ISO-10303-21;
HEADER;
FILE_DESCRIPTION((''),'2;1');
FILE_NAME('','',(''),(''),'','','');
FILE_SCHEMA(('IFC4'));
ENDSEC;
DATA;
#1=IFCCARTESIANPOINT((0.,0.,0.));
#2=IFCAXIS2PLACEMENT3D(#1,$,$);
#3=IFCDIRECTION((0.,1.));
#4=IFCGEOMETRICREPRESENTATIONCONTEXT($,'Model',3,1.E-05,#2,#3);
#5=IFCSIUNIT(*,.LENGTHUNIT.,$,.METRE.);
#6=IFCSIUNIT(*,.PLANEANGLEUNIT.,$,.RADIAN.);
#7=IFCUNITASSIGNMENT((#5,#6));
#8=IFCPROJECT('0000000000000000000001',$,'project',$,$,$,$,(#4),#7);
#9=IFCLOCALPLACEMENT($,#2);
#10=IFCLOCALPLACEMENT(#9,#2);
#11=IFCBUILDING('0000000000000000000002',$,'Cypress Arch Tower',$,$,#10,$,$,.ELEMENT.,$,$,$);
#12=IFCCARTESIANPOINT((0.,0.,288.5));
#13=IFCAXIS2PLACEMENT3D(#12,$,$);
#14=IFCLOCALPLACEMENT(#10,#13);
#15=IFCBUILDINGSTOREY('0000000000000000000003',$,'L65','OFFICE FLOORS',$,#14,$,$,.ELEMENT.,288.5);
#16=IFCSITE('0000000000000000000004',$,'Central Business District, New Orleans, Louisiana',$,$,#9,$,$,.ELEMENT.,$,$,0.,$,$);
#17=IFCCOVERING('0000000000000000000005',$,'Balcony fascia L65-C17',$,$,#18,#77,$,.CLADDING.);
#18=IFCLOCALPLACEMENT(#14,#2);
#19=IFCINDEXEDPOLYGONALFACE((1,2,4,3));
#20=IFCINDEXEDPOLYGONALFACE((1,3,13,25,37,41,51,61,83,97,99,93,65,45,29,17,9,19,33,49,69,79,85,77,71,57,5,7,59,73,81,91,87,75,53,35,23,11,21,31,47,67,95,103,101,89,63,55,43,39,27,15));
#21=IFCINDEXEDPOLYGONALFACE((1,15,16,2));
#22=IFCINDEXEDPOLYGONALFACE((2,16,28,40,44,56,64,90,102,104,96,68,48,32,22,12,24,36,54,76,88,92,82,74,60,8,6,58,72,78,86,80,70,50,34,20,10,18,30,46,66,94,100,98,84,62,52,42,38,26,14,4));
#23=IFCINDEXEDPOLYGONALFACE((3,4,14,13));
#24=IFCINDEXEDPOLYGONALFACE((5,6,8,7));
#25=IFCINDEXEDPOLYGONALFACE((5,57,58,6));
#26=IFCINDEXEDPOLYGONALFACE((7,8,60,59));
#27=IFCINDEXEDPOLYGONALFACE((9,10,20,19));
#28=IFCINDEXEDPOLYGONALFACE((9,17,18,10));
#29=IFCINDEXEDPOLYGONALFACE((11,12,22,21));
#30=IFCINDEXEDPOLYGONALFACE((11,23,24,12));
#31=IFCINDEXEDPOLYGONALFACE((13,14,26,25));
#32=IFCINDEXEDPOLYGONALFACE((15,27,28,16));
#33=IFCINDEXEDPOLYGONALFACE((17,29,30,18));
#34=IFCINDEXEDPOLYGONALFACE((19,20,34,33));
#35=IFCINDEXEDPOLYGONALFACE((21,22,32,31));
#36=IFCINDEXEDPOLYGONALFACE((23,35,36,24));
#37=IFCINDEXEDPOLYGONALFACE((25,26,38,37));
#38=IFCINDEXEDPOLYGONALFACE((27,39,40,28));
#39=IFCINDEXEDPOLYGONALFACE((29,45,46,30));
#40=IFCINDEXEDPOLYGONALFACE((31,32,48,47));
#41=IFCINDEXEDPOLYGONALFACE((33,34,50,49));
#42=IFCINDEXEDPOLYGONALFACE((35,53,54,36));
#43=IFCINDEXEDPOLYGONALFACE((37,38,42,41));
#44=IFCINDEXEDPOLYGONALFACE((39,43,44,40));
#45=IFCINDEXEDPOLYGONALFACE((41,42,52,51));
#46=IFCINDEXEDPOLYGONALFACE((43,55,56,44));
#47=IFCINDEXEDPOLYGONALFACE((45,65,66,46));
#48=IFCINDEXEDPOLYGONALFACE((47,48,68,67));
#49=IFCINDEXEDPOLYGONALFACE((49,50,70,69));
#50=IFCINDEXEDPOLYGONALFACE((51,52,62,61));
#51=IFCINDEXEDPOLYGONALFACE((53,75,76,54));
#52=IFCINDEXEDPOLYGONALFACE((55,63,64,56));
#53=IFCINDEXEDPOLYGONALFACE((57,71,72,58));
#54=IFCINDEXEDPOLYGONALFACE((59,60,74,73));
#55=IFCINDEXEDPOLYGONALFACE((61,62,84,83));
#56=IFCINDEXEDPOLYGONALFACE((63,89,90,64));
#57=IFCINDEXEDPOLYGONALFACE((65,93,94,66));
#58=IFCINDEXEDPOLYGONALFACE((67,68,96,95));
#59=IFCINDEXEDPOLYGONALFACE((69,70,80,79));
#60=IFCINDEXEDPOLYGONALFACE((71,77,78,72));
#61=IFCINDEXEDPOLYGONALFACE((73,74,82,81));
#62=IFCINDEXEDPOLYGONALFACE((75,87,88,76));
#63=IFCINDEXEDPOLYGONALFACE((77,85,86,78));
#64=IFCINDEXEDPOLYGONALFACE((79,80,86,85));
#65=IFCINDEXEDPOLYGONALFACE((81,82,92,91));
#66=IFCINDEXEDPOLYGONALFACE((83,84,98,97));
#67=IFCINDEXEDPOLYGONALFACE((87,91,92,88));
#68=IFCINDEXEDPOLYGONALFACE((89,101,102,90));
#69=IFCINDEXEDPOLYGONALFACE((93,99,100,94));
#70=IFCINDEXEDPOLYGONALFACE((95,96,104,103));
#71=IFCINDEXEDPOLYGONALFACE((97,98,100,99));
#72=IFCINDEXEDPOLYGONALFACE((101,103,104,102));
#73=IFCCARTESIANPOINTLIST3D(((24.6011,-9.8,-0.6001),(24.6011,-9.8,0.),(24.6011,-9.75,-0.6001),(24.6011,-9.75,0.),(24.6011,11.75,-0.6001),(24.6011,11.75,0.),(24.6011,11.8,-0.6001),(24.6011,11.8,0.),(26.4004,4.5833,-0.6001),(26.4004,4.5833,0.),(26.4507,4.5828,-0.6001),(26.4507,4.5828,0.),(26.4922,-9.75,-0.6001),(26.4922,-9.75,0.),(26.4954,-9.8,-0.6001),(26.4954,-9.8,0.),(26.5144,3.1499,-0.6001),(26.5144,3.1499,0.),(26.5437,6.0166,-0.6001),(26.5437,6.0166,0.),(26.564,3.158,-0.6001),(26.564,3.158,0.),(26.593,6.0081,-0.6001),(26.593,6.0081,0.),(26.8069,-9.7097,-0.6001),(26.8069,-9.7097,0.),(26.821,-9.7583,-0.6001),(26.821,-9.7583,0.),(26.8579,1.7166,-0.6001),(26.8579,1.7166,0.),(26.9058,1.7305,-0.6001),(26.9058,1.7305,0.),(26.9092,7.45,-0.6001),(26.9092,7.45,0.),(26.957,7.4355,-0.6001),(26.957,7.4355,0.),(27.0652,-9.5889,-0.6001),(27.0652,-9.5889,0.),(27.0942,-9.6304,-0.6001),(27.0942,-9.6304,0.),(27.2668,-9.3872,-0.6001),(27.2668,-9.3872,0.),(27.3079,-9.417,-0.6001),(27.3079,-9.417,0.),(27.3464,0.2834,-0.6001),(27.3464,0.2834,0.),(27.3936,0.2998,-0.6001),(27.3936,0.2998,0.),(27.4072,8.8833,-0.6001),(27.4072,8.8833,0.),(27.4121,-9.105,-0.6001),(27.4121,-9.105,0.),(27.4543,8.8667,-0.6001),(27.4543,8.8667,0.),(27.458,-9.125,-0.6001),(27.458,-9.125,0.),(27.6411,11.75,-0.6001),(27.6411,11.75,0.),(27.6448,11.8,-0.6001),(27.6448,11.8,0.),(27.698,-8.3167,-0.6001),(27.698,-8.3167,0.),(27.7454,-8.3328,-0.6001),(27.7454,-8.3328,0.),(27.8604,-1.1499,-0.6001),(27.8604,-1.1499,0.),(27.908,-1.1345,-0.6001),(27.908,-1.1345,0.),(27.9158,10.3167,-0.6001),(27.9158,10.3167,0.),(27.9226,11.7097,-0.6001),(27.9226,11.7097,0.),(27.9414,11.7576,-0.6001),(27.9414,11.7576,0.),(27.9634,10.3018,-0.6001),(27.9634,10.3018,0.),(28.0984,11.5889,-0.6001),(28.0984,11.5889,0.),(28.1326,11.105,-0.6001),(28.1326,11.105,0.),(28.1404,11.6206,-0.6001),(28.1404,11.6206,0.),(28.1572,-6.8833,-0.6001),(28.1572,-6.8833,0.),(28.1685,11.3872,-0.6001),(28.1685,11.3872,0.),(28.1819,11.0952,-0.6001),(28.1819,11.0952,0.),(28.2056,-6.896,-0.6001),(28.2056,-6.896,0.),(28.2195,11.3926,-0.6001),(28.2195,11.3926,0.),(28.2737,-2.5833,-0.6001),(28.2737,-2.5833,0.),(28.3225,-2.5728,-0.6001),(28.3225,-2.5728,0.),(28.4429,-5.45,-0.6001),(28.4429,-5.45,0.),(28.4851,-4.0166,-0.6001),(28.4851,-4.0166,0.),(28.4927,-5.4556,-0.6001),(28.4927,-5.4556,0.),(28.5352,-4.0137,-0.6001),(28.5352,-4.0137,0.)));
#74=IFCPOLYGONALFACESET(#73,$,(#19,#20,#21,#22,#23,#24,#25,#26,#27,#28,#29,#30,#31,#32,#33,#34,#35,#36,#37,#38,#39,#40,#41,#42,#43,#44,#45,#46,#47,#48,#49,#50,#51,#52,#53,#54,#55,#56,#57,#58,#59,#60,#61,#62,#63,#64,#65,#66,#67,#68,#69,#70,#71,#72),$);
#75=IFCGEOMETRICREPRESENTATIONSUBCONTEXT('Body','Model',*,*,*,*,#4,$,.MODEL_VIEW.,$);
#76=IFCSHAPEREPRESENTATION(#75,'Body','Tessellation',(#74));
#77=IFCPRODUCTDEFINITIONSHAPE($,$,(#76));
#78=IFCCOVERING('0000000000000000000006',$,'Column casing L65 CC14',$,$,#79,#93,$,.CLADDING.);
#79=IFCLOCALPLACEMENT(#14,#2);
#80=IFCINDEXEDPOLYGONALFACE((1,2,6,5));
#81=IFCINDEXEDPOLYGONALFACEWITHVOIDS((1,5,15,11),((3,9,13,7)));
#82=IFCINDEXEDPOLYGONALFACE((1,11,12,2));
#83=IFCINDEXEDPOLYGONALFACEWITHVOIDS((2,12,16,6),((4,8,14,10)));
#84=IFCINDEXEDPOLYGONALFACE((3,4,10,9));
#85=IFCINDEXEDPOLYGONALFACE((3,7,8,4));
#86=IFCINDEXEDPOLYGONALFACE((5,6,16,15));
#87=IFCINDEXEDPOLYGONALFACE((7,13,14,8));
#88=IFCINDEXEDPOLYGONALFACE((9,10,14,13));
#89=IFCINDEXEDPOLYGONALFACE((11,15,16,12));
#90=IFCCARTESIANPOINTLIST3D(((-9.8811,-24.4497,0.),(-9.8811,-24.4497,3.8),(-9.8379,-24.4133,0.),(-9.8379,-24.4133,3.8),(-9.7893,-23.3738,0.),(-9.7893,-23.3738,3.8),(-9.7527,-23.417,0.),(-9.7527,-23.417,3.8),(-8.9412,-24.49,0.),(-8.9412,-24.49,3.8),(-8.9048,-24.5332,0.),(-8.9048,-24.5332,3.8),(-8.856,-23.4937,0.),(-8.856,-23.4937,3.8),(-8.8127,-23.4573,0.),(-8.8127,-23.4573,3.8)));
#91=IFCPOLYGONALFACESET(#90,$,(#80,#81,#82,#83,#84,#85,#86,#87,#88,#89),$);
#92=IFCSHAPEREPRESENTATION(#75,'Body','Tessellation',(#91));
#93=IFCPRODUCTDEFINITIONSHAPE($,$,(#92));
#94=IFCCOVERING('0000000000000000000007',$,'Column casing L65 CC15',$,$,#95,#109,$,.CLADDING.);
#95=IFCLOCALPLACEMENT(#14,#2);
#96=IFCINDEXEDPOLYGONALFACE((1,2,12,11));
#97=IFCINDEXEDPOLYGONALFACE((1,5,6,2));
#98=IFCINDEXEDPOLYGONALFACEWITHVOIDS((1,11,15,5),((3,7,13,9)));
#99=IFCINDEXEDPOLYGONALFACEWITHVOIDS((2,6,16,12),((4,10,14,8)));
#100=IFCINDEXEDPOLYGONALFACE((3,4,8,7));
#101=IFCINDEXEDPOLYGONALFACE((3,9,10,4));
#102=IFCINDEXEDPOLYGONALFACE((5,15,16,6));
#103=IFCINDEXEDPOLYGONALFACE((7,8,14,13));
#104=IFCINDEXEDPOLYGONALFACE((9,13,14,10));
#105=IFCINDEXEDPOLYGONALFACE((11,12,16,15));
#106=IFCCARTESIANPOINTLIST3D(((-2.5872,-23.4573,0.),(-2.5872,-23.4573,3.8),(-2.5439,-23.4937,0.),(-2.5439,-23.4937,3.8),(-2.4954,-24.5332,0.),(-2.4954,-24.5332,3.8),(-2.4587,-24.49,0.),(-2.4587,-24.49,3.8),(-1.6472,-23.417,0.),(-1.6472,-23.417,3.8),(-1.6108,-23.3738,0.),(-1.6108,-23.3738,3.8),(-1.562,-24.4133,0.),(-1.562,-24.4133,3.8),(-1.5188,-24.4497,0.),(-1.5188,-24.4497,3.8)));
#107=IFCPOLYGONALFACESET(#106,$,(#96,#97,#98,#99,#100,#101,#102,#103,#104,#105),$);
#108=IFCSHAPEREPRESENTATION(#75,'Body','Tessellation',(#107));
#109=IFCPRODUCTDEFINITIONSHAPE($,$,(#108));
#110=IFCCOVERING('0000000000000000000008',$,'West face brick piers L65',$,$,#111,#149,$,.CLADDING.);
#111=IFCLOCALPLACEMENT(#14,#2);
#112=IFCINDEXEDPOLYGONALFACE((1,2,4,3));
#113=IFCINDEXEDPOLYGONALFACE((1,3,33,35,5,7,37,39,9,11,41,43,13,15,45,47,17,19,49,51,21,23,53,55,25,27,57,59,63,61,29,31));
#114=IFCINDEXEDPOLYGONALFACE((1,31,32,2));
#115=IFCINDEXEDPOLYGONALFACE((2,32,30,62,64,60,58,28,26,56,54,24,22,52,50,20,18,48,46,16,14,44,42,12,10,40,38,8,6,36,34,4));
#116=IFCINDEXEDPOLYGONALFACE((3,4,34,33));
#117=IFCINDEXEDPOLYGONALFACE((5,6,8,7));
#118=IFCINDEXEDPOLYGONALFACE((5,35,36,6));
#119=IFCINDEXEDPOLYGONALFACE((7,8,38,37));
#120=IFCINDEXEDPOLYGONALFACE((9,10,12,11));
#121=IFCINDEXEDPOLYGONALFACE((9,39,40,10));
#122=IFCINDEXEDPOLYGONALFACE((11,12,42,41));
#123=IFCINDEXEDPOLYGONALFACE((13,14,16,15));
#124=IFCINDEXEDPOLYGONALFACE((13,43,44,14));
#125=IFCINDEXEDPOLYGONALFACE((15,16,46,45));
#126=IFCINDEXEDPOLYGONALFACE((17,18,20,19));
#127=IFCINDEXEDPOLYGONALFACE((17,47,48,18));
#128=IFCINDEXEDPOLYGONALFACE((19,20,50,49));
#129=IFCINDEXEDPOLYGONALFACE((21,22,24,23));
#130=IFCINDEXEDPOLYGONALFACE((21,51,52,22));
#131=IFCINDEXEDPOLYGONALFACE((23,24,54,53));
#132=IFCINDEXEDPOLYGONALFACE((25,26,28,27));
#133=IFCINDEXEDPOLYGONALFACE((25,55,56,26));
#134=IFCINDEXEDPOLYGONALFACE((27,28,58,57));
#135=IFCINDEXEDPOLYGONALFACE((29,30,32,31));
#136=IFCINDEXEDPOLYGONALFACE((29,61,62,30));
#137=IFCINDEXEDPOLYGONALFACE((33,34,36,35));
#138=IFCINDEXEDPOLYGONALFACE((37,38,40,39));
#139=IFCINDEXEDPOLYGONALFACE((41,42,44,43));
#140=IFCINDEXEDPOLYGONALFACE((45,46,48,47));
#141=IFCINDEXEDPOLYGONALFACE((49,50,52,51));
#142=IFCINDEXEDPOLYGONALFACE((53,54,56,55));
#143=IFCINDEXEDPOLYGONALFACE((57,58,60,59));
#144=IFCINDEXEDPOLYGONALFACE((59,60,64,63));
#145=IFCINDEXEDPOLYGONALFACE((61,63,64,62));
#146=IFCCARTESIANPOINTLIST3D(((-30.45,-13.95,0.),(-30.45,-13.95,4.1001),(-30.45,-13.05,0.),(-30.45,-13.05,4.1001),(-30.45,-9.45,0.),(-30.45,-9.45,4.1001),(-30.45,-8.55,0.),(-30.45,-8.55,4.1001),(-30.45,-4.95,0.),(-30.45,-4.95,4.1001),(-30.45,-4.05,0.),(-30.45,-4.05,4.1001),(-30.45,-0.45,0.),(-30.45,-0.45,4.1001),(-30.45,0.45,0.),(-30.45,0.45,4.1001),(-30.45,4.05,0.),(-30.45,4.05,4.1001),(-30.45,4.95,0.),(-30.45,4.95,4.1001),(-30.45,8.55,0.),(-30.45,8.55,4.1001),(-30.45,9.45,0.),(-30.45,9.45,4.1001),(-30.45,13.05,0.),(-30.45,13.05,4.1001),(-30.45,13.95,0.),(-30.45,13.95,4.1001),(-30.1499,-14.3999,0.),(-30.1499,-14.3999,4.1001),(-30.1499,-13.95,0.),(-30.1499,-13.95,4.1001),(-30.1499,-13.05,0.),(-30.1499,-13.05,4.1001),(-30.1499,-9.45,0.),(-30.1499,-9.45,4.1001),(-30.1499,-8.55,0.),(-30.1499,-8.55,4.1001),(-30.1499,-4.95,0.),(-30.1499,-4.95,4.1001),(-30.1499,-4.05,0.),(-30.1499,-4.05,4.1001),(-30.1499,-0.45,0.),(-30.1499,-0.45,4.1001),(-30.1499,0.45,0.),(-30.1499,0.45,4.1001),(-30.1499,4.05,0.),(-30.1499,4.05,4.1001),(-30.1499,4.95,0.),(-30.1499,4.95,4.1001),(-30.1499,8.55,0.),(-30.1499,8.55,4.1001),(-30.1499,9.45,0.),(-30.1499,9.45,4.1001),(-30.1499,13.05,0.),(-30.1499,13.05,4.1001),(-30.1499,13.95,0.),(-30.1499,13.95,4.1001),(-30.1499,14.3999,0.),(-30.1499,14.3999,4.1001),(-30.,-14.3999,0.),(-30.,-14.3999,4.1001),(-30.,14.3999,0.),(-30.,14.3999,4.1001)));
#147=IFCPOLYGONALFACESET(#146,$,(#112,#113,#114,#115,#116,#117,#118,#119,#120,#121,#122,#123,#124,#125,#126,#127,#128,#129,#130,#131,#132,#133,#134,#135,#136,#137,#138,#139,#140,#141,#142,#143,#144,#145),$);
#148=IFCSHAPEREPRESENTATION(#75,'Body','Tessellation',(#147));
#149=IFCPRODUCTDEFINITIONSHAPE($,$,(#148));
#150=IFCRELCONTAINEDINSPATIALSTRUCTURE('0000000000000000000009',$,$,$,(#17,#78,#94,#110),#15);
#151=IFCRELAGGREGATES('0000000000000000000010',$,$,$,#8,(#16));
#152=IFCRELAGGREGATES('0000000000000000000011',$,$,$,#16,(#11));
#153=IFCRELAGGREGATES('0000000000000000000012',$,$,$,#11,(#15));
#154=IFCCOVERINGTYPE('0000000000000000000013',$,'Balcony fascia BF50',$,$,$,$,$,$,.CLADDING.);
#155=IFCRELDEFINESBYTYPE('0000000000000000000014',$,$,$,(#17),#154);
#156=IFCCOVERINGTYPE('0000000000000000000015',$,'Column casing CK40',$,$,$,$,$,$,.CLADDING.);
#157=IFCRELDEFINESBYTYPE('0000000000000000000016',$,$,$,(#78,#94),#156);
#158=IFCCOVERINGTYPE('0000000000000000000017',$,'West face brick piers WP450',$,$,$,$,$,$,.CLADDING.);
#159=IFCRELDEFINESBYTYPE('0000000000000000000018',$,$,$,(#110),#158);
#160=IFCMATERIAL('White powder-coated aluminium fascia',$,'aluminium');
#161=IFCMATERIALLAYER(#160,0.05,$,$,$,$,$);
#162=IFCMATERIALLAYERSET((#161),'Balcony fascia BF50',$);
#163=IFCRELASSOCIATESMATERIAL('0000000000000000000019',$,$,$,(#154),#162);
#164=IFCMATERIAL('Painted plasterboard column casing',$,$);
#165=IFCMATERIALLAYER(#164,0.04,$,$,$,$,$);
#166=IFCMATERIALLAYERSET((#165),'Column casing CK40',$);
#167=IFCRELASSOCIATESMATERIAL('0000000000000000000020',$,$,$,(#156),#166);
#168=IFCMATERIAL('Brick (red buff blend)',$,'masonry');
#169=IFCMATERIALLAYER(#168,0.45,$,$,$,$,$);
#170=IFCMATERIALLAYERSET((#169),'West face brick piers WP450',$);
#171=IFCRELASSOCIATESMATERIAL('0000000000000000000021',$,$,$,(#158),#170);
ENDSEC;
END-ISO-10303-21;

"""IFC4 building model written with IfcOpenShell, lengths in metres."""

from ifc_helpers import new_model, si_unit, direction, frame, origin, place, context, subcontext, project, spatial, polyline, outline, extrude, material, layer, layer_set, type_object, element, save


model = new_model("IFC4")

# Units and contexts
model_context = context("Model", 3, precision=1e-05, world=origin(), true_north=direction((0.0, 1.0)))
body_context = subcontext(model_context, "Body", "Model", "MODEL_VIEW")
ifc_project = project(units=[si_unit("LENGTHUNIT", "METRE"), si_unit("PLANEANGLEUNIT", "RADIAN")], contexts=[model_context])

# Site, building, storey
site_placement = place(None, origin())
site = spatial("IfcSite", under=ifc_project, at=site_placement, Name="Central Business District, New Orleans, Louisiana", CompositionType="ELEMENT", RefElevation=0.0)
building_placement = place(site_placement, origin())
building = spatial("IfcBuilding", under=site, at=building_placement, Name="Cypress Arch Tower", CompositionType="ELEMENT")
storey_placement = place(building_placement, frame((0.0, 0.0, 288.5)))
storey = spatial("IfcBuildingStorey", under=building, at=storey_placement, Name="L65", Description="OFFICE FLOORS", CompositionType="ELEMENT", Elevation=288.5)

# Coverings
ifc_material_1 = material(Name="White powder-coated aluminium fascia", Category="aluminium")
ifc_layer_1 = layer(ifc_material_1, 0.05)
ifc_layer_set_1 = layer_set([ifc_layer_1], Name="Balcony fascia BF50")
covering_type_1 = type_object("IfcCoveringType", Name="Balcony fascia BF50", PredefinedType="CLADDING", material=ifc_layer_set_1)
covering_1_placement = place(storey_placement, frame((0.0, 0.0, -0.6001)))
element("IfcCovering", 1, at=covering_1_placement, inside=storey, type_object=covering_type_1, Name="Balcony fascia L65-C17", PredefinedType="CLADDING", context=body_context, shape_type="SweptSolid", body=[
    extrude(outline(polyline([(27.6448, 11.8), (27.9414, 11.7576), (28.1404, 11.6206), (28.2195, 11.3926), (28.1819, 11.0952), (27.9634, 10.3018), (27.4543, 8.8667), (26.957, 7.4355), (26.593, 6.0081), (26.4507, 4.5828), (26.564, 3.158), (26.9058, 1.7305), (27.3936, 0.2998), (27.908, -1.1345), (28.3225, -2.5728), (28.5352, -4.0137), (28.4927, -5.4556), (28.2056, -6.896), (27.7454, -8.3328), (27.458, -9.125), (27.3079, -9.417), (27.0942, -9.6304), (26.821, -9.7583), (26.4954, -9.8), (24.6011, -9.8), (24.6011, -9.75), (26.4922, -9.75), (26.8069, -9.7097), (27.0652, -9.5889), (27.2668, -9.3872), (27.4121, -9.105), (27.698, -8.3167), (28.1572, -6.8833), (28.4429, -5.45), (28.4851, -4.0166), (28.2737, -2.5833), (27.8604, -1.1499), (27.3464, 0.2834), (26.8579, 1.7166), (26.5144, 3.1499), (26.4004, 4.5833), (26.5437, 6.0166), (26.9092, 7.45), (27.4072, 8.8833), (27.9158, 10.3167), (28.1326, 11.105), (28.1685, 11.3872), (28.0984, 11.5889), (27.9226, 11.7097), (27.6411, 11.75), (24.6011, 11.75), (24.6011, 11.8), (27.6448, 11.8)])), origin(), (0.0, 0.0, 1.0), 0.6001),
])
ifc_material_2 = material(Name="Painted plasterboard column casing")
ifc_layer_2 = layer(ifc_material_2, 0.04)
ifc_layer_set_2 = layer_set([ifc_layer_2], Name="Column casing CK40")
covering_type_2 = type_object("IfcCoveringType", Name="Column casing CK40", PredefinedType="CLADDING", material=ifc_layer_set_2)
covering_2_placement = place(storey_placement, origin())
element("IfcCovering", 2, at=covering_2_placement, inside=storey, type_object=covering_type_2, Name="Column casing L65 CC14", PredefinedType="CLADDING", context=body_context, shape_type="SweptSolid", body=[
    extrude(outline(polyline([(-9.8811, -24.4497), (-9.7893, -23.3738), (-8.8127, -23.4573), (-8.9048, -24.5332), (-9.8811, -24.4497)]), holes=[polyline([(-9.8379, -24.4133), (-8.9412, -24.49), (-8.856, -23.4937), (-9.7527, -23.417), (-9.8379, -24.4133)])]), origin(), (0.0, 0.0, 1.0), 3.8),
])
covering_3_placement = place(storey_placement, origin())
element("IfcCovering", 3, at=covering_3_placement, inside=storey, type_object=covering_type_2, Name="Column casing L65 CC15", PredefinedType="CLADDING", context=body_context, shape_type="SweptSolid", body=[
    extrude(outline(polyline([(-2.4954, -24.5332), (-2.5872, -23.4573), (-1.6108, -23.3738), (-1.5188, -24.4497), (-2.4954, -24.5332)]), holes=[polyline([(-2.4587, -24.49), (-1.562, -24.4133), (-1.6472, -23.417), (-2.5439, -23.4937), (-2.4587, -24.49)])]), origin(), (0.0, 0.0, 1.0), 3.8),
])
ifc_material_3 = material(Name="Brick (red buff blend)", Category="masonry")
ifc_layer_3 = layer(ifc_material_3, 0.45)
ifc_layer_set_3 = layer_set([ifc_layer_3], Name="West face brick piers WP450")
covering_type_3 = type_object("IfcCoveringType", Name="West face brick piers WP450", PredefinedType="CLADDING", material=ifc_layer_set_3)
covering_4_placement = place(storey_placement, origin())
element("IfcCovering", 4, at=covering_4_placement, inside=storey, type_object=covering_type_3, Name="West face brick piers L65", PredefinedType="CLADDING", context=body_context, shape_type="SweptSolid", body=[
    extrude(outline(polyline([(-30.1499, -13.05), (-30.1499, -9.45), (-30.45, -9.45), (-30.45, -8.55), (-30.1499, -8.55), (-30.1499, -4.95), (-30.45, -4.95), (-30.45, -4.05), (-30.1499, -4.05), (-30.1499, -0.45), (-30.45, -0.45), (-30.45, 0.45), (-30.1499, 0.45), (-30.1499, 4.05), (-30.45, 4.05), (-30.45, 4.95), (-30.1499, 4.95), (-30.1499, 8.55), (-30.45, 8.55), (-30.45, 9.45), (-30.1499, 9.45), (-30.1499, 13.05), (-30.45, 13.05), (-30.45, 13.95), (-30.1499, 13.95), (-30.1499, 14.3999), (-30.0, 14.3999), (-30.0, -14.3999), (-30.1499, -14.3999), (-30.1499, -13.95), (-30.45, -13.95), (-30.45, -13.05), (-30.1499, -13.05)])), origin(), (0.0, 0.0, 1.0), 4.1001),
])

save(model, "model.ifc")
